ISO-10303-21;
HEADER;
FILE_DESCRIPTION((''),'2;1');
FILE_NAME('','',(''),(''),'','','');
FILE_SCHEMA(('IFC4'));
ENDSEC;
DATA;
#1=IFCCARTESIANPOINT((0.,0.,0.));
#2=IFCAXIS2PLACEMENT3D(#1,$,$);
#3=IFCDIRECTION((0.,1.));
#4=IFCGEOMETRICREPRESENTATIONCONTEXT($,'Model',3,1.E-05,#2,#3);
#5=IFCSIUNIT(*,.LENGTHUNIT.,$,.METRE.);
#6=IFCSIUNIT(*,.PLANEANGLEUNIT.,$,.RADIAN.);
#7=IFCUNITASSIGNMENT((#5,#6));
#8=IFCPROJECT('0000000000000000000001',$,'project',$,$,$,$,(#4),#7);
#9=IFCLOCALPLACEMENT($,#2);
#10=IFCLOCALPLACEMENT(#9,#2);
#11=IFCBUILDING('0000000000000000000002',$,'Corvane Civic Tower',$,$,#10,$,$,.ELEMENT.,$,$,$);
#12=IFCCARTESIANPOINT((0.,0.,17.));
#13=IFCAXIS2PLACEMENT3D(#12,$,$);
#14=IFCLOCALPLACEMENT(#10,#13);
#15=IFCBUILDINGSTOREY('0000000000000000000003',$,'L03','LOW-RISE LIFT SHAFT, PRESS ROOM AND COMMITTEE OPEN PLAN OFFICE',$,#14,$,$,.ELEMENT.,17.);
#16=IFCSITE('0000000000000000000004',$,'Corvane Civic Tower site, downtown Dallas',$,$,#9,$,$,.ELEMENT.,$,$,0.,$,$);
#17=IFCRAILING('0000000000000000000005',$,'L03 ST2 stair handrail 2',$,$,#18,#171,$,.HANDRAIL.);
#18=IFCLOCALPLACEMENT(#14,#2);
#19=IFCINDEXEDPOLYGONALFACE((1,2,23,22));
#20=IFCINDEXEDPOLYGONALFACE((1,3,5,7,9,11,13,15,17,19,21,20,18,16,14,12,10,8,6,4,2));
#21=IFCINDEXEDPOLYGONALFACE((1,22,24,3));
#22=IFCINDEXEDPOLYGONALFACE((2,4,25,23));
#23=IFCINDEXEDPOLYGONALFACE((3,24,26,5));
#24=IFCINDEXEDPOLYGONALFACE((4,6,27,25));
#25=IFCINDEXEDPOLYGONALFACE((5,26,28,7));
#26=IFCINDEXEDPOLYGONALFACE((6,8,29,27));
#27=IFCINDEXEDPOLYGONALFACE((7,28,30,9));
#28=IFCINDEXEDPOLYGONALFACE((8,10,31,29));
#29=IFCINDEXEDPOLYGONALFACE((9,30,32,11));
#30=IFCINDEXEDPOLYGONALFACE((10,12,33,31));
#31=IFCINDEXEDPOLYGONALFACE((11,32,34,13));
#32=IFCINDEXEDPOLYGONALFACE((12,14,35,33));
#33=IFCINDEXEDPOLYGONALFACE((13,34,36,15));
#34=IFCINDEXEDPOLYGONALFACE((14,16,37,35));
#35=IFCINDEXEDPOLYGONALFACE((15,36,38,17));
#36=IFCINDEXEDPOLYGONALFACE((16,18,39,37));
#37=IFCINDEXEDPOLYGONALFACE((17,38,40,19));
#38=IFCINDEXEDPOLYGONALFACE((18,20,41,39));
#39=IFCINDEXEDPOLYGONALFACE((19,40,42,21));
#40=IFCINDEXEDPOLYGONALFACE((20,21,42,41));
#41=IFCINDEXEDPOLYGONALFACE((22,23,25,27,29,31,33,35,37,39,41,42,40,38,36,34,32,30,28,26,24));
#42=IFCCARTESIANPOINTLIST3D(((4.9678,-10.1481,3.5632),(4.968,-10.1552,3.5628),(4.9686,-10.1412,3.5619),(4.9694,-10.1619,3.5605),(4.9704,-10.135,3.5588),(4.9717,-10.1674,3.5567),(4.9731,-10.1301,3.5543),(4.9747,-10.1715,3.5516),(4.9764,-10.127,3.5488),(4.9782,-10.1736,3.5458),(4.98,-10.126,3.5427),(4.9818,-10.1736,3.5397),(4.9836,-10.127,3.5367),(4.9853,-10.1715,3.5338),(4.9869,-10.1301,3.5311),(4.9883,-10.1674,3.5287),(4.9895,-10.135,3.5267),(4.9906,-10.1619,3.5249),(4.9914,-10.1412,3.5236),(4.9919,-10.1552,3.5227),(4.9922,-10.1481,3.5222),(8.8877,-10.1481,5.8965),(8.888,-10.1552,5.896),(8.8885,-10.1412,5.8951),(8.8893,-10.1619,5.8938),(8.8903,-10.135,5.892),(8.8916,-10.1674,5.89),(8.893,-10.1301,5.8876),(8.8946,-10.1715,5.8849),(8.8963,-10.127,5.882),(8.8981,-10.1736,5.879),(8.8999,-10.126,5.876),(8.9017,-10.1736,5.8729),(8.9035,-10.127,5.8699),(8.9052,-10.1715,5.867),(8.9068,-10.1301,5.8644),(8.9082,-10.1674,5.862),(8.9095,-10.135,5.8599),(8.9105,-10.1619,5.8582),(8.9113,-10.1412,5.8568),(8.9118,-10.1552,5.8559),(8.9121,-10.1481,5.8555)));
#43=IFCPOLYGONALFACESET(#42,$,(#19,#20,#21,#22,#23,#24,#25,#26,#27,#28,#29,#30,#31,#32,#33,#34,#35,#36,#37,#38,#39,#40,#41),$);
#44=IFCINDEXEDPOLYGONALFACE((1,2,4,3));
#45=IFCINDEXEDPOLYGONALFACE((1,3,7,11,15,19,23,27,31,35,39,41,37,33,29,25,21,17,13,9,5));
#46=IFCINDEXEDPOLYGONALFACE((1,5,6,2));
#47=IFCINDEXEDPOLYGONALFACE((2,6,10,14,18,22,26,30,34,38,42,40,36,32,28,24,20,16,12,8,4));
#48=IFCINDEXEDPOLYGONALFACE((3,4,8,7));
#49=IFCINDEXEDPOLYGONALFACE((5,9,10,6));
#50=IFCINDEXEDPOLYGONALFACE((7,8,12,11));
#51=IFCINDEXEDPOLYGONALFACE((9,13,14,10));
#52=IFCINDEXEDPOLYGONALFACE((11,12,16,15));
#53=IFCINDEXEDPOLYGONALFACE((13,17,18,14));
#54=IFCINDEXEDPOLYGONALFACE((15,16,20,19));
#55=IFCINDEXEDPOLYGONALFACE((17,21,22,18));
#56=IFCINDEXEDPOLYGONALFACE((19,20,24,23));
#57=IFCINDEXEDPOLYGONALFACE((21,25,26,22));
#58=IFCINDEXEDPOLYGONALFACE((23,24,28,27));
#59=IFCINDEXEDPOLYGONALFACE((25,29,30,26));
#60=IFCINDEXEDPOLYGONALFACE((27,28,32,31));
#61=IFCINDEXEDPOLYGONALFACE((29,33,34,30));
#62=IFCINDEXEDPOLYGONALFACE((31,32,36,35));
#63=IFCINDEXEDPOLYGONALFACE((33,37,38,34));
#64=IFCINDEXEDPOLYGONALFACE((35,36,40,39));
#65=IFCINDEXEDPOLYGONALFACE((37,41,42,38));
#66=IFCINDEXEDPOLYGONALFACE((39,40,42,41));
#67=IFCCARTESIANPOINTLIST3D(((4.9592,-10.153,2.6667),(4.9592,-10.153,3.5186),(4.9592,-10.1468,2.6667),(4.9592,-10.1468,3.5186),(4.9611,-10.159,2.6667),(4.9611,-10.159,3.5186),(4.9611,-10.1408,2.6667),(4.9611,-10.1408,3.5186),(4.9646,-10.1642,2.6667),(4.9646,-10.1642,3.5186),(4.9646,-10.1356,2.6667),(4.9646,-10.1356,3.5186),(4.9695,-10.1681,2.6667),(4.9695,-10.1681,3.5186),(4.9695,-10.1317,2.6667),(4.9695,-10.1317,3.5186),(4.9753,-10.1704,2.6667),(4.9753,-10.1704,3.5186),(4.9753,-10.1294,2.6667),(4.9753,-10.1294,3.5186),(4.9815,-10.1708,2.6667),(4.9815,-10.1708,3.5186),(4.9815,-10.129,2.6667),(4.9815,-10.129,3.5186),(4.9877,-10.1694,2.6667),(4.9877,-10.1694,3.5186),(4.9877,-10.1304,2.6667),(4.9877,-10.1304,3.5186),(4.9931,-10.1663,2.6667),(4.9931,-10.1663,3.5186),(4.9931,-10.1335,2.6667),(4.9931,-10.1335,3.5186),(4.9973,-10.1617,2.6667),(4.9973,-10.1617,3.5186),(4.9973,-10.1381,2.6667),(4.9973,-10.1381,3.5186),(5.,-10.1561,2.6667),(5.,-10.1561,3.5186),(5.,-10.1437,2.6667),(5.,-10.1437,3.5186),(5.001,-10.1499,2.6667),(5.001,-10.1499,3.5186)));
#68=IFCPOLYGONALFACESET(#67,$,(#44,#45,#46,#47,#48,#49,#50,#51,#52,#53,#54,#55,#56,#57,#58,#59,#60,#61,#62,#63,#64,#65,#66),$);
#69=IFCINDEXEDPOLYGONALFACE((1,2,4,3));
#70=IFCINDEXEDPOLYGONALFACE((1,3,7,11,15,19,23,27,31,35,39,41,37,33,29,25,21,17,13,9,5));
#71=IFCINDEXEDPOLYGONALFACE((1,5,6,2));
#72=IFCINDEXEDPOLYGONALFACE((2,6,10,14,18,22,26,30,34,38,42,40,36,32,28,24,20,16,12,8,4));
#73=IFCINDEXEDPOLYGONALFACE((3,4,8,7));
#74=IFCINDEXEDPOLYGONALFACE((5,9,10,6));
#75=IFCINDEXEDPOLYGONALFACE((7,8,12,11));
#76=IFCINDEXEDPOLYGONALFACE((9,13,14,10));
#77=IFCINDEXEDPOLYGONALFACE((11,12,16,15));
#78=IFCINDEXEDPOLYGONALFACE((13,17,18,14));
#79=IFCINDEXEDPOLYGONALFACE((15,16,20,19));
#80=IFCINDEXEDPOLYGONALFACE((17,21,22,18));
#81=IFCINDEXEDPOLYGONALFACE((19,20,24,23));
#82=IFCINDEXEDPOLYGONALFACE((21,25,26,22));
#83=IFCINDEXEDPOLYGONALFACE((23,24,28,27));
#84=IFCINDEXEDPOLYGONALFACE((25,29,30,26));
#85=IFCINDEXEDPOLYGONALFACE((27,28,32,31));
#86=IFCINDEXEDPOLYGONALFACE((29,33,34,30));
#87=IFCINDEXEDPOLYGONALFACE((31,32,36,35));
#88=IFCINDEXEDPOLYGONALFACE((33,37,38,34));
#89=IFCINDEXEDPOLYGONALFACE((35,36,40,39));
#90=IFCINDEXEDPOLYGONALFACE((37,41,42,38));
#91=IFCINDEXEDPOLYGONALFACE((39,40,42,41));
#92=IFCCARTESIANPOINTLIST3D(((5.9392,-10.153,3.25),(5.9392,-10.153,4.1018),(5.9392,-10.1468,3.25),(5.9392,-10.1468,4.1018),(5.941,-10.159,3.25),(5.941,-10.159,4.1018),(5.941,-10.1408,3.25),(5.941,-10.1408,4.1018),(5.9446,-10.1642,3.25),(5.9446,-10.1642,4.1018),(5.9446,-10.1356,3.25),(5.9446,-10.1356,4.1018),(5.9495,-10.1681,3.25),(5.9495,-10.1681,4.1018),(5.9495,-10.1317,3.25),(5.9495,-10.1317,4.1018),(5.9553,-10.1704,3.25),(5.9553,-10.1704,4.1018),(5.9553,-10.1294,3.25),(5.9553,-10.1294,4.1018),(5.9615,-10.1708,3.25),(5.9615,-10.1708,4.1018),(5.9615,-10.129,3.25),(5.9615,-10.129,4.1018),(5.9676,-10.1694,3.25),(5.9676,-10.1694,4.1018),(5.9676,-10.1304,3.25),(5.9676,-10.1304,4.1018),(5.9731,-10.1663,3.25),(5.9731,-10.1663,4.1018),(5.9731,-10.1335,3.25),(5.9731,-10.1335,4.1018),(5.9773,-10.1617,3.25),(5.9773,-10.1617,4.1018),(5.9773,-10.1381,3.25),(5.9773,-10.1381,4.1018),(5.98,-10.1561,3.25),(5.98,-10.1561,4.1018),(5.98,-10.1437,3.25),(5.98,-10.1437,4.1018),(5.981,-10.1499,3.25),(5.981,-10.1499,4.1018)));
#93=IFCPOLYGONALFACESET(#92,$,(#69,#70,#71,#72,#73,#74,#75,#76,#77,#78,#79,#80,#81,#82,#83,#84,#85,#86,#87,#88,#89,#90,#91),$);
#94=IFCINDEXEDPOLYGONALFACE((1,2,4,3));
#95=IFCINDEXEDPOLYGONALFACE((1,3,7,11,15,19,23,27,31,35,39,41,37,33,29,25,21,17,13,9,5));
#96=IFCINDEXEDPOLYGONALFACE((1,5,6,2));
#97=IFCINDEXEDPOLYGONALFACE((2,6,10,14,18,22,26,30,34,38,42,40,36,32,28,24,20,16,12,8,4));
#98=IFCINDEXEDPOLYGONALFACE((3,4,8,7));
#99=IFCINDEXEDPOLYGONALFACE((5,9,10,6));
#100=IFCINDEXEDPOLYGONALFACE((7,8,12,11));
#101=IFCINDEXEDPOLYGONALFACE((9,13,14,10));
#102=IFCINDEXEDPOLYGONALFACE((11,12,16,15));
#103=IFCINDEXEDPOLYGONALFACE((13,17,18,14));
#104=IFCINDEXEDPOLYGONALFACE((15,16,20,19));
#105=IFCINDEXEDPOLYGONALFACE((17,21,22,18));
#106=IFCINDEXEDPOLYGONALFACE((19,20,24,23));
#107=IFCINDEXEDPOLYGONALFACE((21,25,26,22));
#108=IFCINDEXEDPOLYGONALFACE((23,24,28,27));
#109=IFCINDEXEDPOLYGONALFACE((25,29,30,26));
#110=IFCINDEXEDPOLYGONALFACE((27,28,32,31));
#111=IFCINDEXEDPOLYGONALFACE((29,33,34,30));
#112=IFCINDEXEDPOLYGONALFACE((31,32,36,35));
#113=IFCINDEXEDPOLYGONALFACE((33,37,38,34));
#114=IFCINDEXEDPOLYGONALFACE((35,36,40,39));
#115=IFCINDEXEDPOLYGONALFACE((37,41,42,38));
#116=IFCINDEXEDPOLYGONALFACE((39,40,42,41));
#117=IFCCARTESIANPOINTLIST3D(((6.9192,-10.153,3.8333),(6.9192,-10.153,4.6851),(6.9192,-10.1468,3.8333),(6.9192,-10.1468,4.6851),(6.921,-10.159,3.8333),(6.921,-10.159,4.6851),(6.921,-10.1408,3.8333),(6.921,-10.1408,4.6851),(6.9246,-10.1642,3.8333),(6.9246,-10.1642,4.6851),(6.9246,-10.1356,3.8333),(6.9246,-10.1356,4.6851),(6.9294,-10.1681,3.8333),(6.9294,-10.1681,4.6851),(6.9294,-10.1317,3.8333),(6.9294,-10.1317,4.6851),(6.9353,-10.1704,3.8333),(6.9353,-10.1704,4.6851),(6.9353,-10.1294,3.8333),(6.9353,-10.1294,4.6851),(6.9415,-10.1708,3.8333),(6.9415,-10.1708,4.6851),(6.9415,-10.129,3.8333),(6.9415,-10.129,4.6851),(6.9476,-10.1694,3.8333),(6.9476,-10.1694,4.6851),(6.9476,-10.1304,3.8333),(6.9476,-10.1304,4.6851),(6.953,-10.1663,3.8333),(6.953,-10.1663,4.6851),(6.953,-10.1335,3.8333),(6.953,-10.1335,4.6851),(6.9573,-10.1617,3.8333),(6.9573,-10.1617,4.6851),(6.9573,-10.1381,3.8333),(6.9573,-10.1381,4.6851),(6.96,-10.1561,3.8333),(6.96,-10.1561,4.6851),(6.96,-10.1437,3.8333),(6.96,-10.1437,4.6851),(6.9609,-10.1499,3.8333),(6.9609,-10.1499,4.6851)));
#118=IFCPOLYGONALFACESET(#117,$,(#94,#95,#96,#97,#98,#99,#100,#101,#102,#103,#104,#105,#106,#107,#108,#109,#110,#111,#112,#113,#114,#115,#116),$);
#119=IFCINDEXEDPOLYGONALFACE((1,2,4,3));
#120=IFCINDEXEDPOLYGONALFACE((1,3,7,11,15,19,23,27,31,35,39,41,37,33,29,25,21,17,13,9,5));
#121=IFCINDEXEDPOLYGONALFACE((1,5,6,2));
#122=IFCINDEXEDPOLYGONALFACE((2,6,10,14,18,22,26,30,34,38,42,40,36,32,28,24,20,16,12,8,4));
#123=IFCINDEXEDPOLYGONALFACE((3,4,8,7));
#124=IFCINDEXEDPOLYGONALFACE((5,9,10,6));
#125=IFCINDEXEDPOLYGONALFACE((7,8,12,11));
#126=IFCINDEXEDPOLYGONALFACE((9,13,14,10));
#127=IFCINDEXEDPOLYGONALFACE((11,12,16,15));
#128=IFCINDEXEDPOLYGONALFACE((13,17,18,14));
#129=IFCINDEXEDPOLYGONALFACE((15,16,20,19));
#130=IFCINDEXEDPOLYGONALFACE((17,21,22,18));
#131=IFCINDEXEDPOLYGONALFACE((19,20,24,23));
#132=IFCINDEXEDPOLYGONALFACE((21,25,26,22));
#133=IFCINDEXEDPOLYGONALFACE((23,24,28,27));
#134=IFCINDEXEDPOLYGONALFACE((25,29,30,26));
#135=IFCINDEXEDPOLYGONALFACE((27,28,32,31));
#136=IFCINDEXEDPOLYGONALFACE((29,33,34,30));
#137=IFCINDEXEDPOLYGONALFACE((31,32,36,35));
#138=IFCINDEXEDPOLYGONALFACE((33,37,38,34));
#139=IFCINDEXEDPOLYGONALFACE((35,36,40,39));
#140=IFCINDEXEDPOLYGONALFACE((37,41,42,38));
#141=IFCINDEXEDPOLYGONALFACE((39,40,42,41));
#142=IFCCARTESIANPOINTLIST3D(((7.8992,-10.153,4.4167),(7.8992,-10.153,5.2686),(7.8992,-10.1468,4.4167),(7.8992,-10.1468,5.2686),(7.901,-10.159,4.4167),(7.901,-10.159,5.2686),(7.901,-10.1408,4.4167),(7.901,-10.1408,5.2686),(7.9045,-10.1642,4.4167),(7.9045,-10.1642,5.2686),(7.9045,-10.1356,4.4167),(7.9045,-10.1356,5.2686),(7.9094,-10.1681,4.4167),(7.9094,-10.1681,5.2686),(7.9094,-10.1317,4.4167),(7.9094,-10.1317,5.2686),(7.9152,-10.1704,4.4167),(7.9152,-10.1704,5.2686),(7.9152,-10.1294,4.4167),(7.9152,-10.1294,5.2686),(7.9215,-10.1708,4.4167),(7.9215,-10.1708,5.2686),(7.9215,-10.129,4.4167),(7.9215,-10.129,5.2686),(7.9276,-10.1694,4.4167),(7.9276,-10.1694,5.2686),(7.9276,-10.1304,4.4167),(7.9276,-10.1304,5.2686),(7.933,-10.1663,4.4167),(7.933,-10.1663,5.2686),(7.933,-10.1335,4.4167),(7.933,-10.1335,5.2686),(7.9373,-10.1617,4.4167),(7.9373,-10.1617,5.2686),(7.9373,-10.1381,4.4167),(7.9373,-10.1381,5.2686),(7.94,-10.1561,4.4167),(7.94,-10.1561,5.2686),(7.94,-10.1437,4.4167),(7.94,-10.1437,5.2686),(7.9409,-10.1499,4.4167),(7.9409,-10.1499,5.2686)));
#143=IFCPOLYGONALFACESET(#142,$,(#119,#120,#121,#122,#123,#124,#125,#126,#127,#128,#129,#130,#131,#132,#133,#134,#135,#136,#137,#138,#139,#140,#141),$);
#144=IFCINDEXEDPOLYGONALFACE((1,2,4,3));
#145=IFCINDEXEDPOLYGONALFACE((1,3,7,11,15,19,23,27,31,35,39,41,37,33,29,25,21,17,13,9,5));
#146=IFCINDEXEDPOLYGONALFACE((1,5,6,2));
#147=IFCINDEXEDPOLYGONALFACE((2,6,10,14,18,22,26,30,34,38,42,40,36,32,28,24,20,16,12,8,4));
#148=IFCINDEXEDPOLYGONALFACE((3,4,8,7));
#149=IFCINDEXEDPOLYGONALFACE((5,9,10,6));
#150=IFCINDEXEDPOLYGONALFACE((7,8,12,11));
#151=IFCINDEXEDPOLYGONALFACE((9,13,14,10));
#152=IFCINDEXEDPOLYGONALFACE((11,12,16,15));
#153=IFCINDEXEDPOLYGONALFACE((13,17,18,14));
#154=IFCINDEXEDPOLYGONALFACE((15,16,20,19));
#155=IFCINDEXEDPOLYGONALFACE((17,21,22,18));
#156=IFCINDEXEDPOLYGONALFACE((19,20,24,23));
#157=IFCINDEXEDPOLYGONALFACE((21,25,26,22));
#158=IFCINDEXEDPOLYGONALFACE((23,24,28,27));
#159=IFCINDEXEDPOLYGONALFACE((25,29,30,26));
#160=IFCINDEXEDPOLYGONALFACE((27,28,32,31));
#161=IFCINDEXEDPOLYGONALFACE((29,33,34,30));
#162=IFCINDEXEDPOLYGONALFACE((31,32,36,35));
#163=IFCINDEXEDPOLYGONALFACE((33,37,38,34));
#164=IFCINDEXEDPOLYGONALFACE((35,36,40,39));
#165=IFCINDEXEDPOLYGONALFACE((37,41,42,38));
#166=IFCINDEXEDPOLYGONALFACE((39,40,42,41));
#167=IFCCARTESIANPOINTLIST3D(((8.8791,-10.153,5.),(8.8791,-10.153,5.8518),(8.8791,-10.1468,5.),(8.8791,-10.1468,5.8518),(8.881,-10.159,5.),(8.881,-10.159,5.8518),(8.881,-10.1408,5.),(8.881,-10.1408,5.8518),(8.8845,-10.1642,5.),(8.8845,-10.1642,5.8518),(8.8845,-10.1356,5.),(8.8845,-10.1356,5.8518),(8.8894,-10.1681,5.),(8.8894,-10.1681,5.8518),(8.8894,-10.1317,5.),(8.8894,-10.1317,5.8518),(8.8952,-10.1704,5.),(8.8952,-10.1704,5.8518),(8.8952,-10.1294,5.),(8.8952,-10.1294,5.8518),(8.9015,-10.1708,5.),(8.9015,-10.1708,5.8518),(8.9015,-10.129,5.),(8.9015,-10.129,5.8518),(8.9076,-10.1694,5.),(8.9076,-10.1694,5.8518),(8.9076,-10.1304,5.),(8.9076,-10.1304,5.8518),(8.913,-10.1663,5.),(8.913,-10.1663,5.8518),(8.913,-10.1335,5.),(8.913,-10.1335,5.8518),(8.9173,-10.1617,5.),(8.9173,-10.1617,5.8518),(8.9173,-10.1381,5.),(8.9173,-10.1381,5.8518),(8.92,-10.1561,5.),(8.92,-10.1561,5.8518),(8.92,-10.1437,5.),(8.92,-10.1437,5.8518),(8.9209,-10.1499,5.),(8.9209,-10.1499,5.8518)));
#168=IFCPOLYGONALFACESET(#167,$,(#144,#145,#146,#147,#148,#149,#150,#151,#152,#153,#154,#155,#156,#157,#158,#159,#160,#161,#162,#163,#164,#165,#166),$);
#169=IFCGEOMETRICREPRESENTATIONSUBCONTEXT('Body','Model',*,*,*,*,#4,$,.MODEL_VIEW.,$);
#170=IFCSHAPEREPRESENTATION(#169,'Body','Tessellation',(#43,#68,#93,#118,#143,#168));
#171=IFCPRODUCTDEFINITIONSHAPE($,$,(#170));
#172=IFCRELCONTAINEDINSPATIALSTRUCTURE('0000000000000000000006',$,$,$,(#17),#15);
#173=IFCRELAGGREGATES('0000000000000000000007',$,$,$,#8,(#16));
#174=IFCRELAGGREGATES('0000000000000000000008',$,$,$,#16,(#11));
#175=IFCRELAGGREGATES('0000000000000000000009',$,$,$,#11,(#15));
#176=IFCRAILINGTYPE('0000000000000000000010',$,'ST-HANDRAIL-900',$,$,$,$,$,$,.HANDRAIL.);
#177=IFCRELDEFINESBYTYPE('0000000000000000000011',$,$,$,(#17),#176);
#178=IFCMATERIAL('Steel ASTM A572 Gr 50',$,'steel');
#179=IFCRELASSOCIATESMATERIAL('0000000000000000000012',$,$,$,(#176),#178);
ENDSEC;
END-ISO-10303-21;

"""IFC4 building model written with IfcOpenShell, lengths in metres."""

from ifc_helpers import new_model, si_unit, direction, frame, origin, origin_2d, place, context, subcontext, project, spatial, circle, extrude, material, type_object, element, save


model = new_model("IFC4")

# Units and contexts
model_context = context("Model", 3, precision=1e-05, world=origin(), true_north=direction((0.0, 1.0)))
body_context = subcontext(model_context, "Body", "Model", "MODEL_VIEW")
ifc_project = project(units=[si_unit("LENGTHUNIT", "METRE"), si_unit("PLANEANGLEUNIT", "RADIAN")], contexts=[model_context])

# Site, building, storey
site_placement = place(None, origin())
site = spatial("IfcSite", under=ifc_project, at=site_placement, Name="Corvane Civic Tower site, downtown Dallas", CompositionType="ELEMENT", RefElevation=0.0)
building_placement = place(site_placement, origin())
building = spatial("IfcBuilding", under=site, at=building_placement, Name="Corvane Civic Tower", CompositionType="ELEMENT")
storey_placement = place(building_placement, frame((0.0, 0.0, 17.0)))
storey = spatial("IfcBuildingStorey", under=building, at=storey_placement, Name="L03", Description="LOW-RISE LIFT SHAFT, PRESS ROOM AND COMMITTEE OPEN PLAN OFFICE", CompositionType="ELEMENT", Elevation=17.0)

# Railing
ifc_material_1 = material(Name="Steel ASTM A572 Gr 50", Category="steel")
railing_type_1 = type_object("IfcRailingType", Name="ST-HANDRAIL-900", PredefinedType="HANDRAIL", material=ifc_material_1)
railing_1_placement = place(storey_placement, frame((4.98, -10.1499, 2.6667)))
element("IfcRailing", 1, at=railing_1_placement, inside=storey, type_object=railing_type_1, Name="L03 ST2 stair handrail 2", PredefinedType="HANDRAIL", context=body_context, shape_type="SweptSolid", body=[
    extrude(circle(Radius=0.0239, at=origin_2d()), frame((0.0, 0.0, 0.876), z_axis=(0.859296, 0.0, 0.511478), x_axis=(0.0, 1.0, 0.0)), (0.0, 0.0, 1.0), 4.5618),
    extrude(circle(Radius=0.021, at=origin_2d()), origin(), (0.0, 0.0, 1.0), 0.8518),
    extrude(circle(Radius=0.021, at=origin_2d()), frame((0.98, 0.0, 0.5833)), (0.0, 0.0, 1.0), 0.8518),
    extrude(circle(Radius=0.021, at=origin_2d()), frame((1.96, 0.0, 1.1665)), (0.0, 0.0, 1.0), 0.8518),
    extrude(circle(Radius=0.021, at=origin_2d()), frame((2.9399, 0.0, 1.75)), (0.0, 0.0, 1.0), 0.8518),
    extrude(circle(Radius=0.021, at=origin_2d()), frame((3.9199, 0.0, 2.3333)), (0.0, 0.0, 1.0), 0.8518),
])

save(model, "model.ifc")
